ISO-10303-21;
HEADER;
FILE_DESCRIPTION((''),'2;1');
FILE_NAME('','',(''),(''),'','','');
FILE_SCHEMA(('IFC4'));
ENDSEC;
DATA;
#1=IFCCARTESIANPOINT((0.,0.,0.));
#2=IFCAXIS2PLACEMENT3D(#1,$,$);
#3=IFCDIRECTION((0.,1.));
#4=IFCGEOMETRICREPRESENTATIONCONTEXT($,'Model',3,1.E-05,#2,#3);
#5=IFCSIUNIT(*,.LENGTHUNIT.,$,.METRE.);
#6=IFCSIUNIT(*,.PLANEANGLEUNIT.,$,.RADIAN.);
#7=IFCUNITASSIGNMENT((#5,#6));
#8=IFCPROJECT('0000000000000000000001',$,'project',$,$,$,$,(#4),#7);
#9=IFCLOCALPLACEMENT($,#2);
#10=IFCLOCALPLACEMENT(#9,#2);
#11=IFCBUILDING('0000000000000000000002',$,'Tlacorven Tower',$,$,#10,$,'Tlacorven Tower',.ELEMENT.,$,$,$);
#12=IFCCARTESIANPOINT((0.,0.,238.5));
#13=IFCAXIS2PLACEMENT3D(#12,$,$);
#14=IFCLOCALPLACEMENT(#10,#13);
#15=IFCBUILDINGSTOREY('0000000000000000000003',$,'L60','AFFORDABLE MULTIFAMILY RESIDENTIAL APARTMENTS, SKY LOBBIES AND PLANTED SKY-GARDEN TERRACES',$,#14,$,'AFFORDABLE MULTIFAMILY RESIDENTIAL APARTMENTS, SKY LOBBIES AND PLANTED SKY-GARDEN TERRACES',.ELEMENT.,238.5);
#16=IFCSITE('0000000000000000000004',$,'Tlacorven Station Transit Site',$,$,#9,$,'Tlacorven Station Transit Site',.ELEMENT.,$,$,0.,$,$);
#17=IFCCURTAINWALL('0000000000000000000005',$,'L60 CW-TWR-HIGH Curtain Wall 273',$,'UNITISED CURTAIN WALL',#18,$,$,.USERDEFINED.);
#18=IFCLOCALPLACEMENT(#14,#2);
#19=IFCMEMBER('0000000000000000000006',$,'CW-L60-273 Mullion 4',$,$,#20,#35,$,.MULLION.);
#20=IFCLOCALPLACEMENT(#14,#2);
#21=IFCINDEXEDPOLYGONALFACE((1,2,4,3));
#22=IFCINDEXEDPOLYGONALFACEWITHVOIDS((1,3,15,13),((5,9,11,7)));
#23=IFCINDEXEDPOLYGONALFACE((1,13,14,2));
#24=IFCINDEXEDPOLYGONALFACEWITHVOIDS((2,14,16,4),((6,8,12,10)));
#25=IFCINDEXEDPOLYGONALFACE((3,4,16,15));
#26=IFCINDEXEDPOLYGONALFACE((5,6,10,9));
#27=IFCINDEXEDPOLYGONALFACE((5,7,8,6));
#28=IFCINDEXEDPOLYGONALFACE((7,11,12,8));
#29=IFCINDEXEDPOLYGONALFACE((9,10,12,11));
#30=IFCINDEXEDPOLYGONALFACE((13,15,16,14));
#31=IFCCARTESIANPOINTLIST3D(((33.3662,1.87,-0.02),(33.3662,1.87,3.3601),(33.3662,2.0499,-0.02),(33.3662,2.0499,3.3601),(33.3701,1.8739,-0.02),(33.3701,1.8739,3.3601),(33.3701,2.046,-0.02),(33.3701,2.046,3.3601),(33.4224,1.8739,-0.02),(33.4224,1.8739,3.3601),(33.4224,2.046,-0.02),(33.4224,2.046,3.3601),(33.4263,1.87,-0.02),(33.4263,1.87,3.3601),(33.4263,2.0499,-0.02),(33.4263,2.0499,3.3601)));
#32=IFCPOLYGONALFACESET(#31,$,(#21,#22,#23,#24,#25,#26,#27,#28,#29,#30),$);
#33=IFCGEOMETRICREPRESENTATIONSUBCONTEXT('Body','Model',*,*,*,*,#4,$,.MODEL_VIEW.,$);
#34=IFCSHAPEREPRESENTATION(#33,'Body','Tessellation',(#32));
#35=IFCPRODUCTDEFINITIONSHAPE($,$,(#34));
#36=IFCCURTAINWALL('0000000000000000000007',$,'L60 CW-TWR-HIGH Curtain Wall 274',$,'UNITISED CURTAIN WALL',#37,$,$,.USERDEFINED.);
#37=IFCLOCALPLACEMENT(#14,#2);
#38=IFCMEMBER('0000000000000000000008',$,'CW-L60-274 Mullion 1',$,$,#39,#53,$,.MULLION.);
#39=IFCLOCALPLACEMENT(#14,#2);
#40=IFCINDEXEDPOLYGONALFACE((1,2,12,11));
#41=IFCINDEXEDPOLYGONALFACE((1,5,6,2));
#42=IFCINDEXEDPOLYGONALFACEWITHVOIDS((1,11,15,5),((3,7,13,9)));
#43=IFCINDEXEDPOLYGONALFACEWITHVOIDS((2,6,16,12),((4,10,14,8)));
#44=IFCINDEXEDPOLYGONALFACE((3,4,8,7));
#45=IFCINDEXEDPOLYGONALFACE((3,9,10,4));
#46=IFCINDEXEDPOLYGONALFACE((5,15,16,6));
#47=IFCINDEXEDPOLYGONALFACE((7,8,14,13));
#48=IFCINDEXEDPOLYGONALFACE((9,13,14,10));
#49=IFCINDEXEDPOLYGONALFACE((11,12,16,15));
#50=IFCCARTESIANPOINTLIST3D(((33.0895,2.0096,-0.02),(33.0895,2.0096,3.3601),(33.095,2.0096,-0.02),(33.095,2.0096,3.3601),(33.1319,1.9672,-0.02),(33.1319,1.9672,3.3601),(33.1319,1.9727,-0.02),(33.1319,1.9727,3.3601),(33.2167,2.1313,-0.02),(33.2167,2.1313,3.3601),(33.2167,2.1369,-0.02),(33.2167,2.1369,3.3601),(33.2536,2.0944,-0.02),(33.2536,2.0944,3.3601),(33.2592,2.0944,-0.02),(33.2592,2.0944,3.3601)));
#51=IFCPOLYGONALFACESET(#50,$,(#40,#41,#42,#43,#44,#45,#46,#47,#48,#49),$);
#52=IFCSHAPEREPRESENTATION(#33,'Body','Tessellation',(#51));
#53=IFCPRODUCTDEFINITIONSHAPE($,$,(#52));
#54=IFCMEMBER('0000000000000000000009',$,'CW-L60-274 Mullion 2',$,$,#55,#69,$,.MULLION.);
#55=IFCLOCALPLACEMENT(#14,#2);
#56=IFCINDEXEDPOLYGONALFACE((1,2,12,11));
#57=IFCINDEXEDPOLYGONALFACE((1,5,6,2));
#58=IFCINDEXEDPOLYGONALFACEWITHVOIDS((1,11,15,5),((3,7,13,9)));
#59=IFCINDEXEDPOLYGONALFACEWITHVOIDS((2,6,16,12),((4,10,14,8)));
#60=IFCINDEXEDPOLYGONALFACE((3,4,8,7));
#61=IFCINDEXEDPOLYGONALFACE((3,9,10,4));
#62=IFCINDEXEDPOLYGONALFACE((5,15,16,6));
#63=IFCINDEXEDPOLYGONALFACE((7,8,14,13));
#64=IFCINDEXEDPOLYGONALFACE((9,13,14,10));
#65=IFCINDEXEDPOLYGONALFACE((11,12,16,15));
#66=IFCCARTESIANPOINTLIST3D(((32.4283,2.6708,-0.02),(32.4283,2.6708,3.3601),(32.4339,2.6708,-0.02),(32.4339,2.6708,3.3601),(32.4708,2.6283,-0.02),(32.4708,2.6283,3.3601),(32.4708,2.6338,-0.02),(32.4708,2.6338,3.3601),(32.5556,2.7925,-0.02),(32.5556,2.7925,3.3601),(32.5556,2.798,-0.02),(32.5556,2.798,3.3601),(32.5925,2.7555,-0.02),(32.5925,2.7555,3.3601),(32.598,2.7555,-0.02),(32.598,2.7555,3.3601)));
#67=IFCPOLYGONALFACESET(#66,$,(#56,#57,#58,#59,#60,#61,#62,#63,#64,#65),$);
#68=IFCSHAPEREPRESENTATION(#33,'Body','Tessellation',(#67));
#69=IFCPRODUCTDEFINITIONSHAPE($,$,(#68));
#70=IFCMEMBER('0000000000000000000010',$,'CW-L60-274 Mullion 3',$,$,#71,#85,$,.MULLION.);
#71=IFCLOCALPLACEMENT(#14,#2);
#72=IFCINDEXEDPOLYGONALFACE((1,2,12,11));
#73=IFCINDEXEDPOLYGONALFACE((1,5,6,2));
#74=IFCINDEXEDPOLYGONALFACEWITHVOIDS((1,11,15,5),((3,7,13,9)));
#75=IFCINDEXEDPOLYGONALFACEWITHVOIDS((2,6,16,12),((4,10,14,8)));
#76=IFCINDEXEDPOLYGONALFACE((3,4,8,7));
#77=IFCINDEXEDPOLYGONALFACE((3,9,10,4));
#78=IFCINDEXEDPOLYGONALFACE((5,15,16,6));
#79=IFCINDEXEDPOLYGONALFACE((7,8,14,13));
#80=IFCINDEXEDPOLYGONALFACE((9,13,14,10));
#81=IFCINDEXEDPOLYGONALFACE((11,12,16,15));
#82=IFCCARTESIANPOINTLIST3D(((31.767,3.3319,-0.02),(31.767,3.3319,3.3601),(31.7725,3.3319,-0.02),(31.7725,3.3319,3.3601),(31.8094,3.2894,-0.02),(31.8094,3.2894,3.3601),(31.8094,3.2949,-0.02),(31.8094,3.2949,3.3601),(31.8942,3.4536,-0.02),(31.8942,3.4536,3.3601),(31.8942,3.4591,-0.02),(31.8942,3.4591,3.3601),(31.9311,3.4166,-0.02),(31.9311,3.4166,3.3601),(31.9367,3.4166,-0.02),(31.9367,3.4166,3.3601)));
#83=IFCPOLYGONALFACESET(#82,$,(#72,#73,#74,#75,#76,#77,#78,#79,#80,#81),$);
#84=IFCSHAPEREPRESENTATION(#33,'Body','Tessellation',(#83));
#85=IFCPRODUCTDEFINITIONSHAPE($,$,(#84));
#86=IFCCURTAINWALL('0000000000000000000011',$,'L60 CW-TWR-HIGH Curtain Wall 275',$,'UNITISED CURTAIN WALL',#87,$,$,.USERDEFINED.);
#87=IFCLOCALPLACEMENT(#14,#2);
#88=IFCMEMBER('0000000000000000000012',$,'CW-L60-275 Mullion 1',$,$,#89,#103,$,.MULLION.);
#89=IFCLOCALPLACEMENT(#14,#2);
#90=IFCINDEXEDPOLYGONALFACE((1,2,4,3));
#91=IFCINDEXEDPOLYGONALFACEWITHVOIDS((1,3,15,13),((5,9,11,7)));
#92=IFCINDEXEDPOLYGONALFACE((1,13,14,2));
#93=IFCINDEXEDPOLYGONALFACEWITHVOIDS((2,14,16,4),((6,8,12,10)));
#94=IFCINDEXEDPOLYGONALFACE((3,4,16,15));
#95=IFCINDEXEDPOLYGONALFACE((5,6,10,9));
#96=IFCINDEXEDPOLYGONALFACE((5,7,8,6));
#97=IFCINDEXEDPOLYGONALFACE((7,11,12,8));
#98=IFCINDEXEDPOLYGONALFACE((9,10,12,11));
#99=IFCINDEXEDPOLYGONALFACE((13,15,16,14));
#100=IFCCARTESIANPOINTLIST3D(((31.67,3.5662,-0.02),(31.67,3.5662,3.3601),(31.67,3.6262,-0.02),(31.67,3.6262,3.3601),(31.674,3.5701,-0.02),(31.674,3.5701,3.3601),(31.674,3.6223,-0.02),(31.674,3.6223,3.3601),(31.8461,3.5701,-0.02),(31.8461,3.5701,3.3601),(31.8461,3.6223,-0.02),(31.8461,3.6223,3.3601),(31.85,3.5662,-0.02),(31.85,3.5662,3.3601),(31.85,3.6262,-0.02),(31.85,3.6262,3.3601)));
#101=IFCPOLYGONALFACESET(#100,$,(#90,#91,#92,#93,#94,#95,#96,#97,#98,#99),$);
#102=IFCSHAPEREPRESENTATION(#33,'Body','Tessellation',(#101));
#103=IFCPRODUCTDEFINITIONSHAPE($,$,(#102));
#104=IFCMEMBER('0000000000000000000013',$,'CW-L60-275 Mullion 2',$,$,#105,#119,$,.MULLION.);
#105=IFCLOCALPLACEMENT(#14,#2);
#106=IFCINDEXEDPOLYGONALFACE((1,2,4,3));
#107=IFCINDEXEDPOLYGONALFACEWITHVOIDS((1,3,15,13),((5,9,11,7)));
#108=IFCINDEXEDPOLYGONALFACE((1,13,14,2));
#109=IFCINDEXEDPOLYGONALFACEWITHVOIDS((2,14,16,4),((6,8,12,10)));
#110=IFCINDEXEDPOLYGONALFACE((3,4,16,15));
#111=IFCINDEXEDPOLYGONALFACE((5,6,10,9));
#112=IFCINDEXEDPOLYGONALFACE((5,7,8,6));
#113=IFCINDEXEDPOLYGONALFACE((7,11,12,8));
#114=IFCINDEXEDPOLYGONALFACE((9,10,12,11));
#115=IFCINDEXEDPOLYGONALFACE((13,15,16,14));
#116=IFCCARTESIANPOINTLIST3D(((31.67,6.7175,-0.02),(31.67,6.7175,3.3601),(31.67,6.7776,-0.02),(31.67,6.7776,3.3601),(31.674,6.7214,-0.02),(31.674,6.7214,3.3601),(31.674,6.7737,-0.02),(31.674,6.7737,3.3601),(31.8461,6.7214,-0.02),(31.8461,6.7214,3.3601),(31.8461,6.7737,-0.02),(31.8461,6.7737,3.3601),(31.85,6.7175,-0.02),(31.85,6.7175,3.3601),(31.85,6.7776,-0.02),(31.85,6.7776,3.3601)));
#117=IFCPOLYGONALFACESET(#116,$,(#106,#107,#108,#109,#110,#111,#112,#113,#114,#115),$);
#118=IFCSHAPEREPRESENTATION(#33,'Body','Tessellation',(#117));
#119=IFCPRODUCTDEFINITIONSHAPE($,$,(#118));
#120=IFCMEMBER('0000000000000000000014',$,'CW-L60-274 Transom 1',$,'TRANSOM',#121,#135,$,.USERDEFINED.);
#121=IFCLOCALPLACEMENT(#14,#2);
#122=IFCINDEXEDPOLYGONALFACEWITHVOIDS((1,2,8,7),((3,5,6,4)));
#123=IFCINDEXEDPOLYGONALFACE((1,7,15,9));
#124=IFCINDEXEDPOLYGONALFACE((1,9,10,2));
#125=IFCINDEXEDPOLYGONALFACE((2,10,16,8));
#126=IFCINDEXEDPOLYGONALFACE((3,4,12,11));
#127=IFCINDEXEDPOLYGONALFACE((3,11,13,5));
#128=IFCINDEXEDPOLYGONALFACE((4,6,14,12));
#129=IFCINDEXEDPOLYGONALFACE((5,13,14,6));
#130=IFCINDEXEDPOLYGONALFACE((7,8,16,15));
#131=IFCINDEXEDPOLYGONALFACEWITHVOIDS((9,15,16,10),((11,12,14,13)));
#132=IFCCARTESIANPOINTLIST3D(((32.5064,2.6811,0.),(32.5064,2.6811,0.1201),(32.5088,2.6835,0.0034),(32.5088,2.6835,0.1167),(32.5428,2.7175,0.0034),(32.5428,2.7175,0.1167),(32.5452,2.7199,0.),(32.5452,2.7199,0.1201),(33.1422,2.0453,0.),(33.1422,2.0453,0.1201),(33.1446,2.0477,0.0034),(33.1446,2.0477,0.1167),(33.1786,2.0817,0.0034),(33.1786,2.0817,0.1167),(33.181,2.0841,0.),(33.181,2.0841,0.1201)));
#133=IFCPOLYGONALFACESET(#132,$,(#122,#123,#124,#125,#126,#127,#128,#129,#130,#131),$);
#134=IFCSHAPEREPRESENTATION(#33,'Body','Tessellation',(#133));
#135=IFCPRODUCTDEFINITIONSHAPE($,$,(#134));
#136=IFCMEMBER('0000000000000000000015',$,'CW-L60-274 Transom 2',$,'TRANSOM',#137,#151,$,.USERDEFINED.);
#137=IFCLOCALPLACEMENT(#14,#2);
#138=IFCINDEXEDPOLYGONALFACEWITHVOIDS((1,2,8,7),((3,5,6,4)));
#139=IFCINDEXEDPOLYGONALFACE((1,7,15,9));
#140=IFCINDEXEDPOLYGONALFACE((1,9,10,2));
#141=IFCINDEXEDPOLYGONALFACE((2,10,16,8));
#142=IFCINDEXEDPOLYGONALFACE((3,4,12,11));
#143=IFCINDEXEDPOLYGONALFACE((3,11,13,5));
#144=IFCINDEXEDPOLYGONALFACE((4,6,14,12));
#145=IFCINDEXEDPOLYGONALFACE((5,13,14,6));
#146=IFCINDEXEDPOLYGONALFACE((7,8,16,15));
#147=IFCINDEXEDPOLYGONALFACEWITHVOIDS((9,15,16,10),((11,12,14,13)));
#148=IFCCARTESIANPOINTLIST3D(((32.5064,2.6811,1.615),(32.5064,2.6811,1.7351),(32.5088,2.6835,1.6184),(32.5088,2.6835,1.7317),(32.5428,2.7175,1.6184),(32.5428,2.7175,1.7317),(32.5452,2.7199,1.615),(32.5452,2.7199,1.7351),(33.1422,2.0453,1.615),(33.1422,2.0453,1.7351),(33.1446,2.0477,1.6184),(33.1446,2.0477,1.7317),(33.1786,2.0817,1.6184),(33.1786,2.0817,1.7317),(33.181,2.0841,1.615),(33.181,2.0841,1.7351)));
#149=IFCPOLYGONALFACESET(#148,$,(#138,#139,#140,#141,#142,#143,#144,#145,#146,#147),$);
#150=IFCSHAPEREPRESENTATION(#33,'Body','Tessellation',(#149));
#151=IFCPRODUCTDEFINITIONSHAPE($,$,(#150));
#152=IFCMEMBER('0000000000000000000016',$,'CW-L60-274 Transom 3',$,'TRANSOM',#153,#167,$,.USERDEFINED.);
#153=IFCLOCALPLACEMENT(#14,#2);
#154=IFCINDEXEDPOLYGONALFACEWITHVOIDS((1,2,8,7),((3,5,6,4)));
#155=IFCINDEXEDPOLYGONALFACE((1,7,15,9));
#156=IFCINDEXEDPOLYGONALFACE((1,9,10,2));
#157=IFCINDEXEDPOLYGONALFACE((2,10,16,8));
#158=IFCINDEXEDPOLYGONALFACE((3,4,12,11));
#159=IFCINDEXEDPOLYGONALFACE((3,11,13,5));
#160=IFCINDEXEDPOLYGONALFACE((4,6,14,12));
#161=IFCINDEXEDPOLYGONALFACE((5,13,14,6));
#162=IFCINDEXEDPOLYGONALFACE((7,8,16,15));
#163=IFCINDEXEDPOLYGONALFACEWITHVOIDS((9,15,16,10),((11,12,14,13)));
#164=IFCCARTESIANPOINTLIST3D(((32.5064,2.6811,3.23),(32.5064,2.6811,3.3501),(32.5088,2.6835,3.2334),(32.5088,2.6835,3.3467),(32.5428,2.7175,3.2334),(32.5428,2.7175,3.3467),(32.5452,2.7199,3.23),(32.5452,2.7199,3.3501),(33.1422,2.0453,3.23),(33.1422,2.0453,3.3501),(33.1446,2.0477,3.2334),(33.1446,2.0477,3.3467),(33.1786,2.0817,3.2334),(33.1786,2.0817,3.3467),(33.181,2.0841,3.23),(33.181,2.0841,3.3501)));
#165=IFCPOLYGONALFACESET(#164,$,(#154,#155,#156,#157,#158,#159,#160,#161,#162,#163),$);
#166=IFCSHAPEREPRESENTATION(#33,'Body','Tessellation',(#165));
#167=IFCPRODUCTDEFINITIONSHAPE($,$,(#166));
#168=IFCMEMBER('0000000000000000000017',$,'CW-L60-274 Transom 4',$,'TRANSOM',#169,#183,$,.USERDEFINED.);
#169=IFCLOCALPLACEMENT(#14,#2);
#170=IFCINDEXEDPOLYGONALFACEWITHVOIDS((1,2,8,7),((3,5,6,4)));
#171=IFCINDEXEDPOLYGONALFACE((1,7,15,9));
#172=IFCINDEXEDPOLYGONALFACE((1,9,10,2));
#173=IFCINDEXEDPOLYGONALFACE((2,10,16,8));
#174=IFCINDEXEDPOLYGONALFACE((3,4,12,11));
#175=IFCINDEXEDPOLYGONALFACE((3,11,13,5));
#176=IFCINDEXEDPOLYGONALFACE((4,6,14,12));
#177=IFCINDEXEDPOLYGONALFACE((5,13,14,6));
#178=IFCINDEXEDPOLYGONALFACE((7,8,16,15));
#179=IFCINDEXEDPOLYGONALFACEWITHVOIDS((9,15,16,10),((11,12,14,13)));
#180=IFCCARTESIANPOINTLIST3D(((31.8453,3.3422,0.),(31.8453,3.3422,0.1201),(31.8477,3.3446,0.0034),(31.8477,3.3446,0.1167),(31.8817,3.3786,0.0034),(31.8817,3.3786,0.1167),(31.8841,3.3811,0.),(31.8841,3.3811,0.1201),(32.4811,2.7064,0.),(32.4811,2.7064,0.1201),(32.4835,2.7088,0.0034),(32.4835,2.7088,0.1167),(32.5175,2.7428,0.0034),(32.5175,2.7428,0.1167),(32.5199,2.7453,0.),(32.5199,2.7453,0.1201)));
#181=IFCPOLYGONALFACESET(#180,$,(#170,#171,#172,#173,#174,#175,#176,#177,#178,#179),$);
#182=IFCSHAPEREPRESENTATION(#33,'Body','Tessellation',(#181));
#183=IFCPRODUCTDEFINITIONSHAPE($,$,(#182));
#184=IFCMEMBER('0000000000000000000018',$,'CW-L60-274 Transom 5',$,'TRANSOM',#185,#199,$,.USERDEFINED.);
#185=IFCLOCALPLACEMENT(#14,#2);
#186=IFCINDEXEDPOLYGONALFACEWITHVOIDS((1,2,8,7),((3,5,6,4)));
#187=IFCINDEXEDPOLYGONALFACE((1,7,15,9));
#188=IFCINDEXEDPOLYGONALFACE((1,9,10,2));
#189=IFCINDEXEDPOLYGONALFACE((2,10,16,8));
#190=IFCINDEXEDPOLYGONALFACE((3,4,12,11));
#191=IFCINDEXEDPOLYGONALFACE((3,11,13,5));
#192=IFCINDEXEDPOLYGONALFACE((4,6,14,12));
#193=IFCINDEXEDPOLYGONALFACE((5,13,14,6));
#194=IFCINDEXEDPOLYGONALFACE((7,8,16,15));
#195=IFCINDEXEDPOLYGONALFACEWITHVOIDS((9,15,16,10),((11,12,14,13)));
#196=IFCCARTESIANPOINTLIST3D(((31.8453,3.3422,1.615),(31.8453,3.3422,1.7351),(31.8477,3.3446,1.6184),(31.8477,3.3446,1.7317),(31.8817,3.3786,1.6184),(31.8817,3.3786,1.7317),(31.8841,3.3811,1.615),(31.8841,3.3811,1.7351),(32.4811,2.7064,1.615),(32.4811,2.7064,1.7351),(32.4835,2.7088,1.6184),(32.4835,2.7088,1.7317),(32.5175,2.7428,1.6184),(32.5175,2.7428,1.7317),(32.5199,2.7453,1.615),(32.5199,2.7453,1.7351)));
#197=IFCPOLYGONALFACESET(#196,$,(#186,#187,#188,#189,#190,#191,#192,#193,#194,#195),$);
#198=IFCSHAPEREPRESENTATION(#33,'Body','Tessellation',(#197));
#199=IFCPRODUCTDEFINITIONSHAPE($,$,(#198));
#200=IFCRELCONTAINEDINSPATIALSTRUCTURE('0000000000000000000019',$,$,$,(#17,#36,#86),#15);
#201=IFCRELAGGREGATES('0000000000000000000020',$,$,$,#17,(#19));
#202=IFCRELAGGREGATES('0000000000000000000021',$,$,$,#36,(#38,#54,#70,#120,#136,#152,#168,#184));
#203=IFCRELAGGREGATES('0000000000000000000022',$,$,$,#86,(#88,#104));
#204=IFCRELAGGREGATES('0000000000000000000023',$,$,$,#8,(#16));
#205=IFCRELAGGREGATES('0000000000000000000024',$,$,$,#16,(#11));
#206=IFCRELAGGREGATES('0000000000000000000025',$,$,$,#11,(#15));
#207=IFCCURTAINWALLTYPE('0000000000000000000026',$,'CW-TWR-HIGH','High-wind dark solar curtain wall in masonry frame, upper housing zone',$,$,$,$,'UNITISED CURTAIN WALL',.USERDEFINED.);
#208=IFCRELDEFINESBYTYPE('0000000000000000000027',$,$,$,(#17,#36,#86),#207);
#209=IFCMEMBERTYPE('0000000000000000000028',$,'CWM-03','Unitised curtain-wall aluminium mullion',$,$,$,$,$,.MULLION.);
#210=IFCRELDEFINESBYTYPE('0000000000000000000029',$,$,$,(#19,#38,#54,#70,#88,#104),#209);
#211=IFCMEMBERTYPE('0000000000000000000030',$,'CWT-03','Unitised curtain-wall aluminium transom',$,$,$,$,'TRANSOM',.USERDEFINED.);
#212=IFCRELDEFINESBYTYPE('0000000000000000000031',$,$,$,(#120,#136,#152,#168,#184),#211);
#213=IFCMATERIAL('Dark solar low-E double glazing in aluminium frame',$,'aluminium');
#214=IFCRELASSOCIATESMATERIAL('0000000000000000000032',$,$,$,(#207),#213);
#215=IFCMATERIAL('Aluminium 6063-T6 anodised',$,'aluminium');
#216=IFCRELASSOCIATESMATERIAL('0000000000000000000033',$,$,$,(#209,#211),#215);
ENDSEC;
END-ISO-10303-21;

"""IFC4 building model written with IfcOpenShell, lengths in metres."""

from ifc_helpers import new_model, si_unit, direction, frame, origin, origin_2d, place, context, subcontext, project, spatial, hollow_rectangle, extrude, source, transform, mapped, material, material_profile, profile_set, type_object, element, aggregate, save


model = new_model("IFC4")

# Units and contexts
model_context = context("Model", 3, precision=1e-05, world=origin(), true_north=direction((0.0, 1.0)))
body_context = subcontext(model_context, "Body", "Model", "MODEL_VIEW")
ifc_project = project(units=[si_unit("LENGTHUNIT", "METRE"), si_unit("PLANEANGLEUNIT", "RADIAN")], contexts=[model_context])

# Site, building, storey
site_placement = place(None, origin())
site = spatial("IfcSite", under=ifc_project, at=site_placement, Name="Tlacorven Station Transit Site", LongName="Tlacorven Station Transit Site", CompositionType="ELEMENT", RefElevation=0.0)
building_placement = place(site_placement, origin())
building = spatial("IfcBuilding", under=site, at=building_placement, Name="Tlacorven Tower", LongName="Tlacorven Tower", CompositionType="ELEMENT")
storey_placement = place(building_placement, frame((0.0, 0.0, 238.5)))
storey = spatial("IfcBuildingStorey", under=building, at=storey_placement, Name="L60", Description="AFFORDABLE MULTIFAMILY RESIDENTIAL APARTMENTS, SKY LOBBIES AND PLANTED SKY-GARDEN TERRACES", LongName="AFFORDABLE MULTIFAMILY RESIDENTIAL APARTMENTS, SKY LOBBIES AND PLANTED SKY-GARDEN TERRACES", CompositionType="ELEMENT", Elevation=238.5)

# Curtain wall, member
ifc_material_1 = material(Name="Dark solar low-E double glazing in aluminium frame", Category="aluminium")
curtain_wall_type = type_object("IfcCurtainWallType", Name="CW-TWR-HIGH", Description="High-wind dark solar curtain wall in masonry frame, upper housing zone", ElementType="UNITISED CURTAIN WALL", PredefinedType="USERDEFINED", material=ifc_material_1)
curtain_wall_1_placement = place(storey_placement, origin())
curtain_wall_1 = element("IfcCurtainWall", 1, at=curtain_wall_1_placement, inside=storey, type_object=curtain_wall_type, Name="L60 CW-TWR-HIGH Curtain Wall 273", ObjectType="UNITISED CURTAIN WALL", PredefinedType="USERDEFINED")
ifc_material_2 = material(Name="Aluminium 6063-T6 anodised", Category="aluminium")
ifc_material_profile_1 = material_profile(ifc_material_2, hollow_rectangle(XDim=0.0601, YDim=0.1799, WallThickness=0.0039, at=origin_2d()), Name="ALU MULLION 60X180")
ifc_profile_set_1 = profile_set([ifc_material_profile_1], Name="Aluminium 6063-T6 anodised")
member_type_1 = type_object("IfcMemberType", Name="CWM-03", Description="Unitised curtain-wall aluminium mullion", PredefinedType="MULLION", material=ifc_profile_set_1)
shared_shape_1 = source(origin(), body_context, "Body", "SweptSolid", [
    extrude(hollow_rectangle(XDim=0.0601, YDim=0.1799, WallThickness=0.0039, at=origin_2d()), origin(), (0.0, 0.0, 1.0), 3.3801),
])
member_1_placement = place(storey_placement, frame((33.3962, 1.96, -0.02), z_axis=(0.0, 0.0, 1.0), x_axis=(-1.0, 0.0, 0.0)))
member_1 = element("IfcMember", 2, at=member_1_placement, type_object=member_type_1, Name="CW-L60-273 Mullion 4", PredefinedType="MULLION", context=body_context, shape_type="MappedRepresentation", body=[
    mapped(shared_shape_1, transform((0.0, 0.0, 0.0), scale=1.0)),
])
aggregate(curtain_wall_1, [member_1])

# Curtain walls, members
curtain_wall_2_placement = place(storey_placement, origin())
curtain_wall_2 = element("IfcCurtainWall", 3, at=curtain_wall_2_placement, inside=storey, type_object=curtain_wall_type, Name="L60 CW-TWR-HIGH Curtain Wall 274", ObjectType="UNITISED CURTAIN WALL", PredefinedType="USERDEFINED")
member_2_placement = place(storey_placement, frame((33.1743, 2.052, -0.02), z_axis=(0.0, 0.0, 1.0), x_axis=(-0.707107, 0.707107, 0.0)))
member_2 = element("IfcMember", 4, at=member_2_placement, type_object=member_type_1, Name="CW-L60-274 Mullion 1", PredefinedType="MULLION", context=body_context, shape_type="MappedRepresentation", body=[
    mapped(shared_shape_1, transform((0.0, 0.0, 0.0), scale=1.0)),
])
member_3_placement = place(storey_placement, frame((32.5132, 2.7131, -0.02), z_axis=(0.0, 0.0, 1.0), x_axis=(-0.707107, 0.707107, 0.0)))
member_3 = element("IfcMember", 5, at=member_3_placement, type_object=member_type_1, Name="CW-L60-274 Mullion 2", PredefinedType="MULLION", context=body_context, shape_type="MappedRepresentation", body=[
    mapped(shared_shape_1, transform((0.0, 0.0, 0.0), scale=1.0)),
])
member_4_placement = place(storey_placement, frame((31.8518, 3.3743, -0.02), z_axis=(0.0, 0.0, 1.0), x_axis=(-0.707107, 0.707107, 0.0)))
member_4 = element("IfcMember", 6, at=member_4_placement, type_object=member_type_1, Name="CW-L60-274 Mullion 3", PredefinedType="MULLION", context=body_context, shape_type="MappedRepresentation", body=[
    mapped(shared_shape_1, transform((0.0, 0.0, 0.0), scale=1.0)),
])
curtain_wall_3_placement = place(storey_placement, origin())
curtain_wall_3 = element("IfcCurtainWall", 7, at=curtain_wall_3_placement, inside=storey, type_object=curtain_wall_type, Name="L60 CW-TWR-HIGH Curtain Wall 275", ObjectType="UNITISED CURTAIN WALL", PredefinedType="USERDEFINED")
member_5_placement = place(storey_placement, frame((31.76, 3.5962, -0.02), z_axis=(0.0, 0.0, 1.0), x_axis=(0.0, 1.0, 0.0)))
member_5 = element("IfcMember", 8, at=member_5_placement, type_object=member_type_1, Name="CW-L60-275 Mullion 1", PredefinedType="MULLION", context=body_context, shape_type="MappedRepresentation", body=[
    mapped(shared_shape_1, transform((0.0, 0.0, 0.0), scale=1.0)),
])
member_6_placement = place(storey_placement, frame((31.76, 6.7476, -0.02), z_axis=(0.0, 0.0, 1.0), x_axis=(0.0, 1.0, 0.0)))
member_6 = element("IfcMember", 9, at=member_6_placement, type_object=member_type_1, Name="CW-L60-275 Mullion 2", PredefinedType="MULLION", context=body_context, shape_type="MappedRepresentation", body=[
    mapped(shared_shape_1, transform((0.0, 0.0, 0.0), scale=1.0)),
])

# Members
ifc_material_profile_2 = material_profile(ifc_material_2, hollow_rectangle(XDim=0.0549, YDim=0.1201, WallThickness=0.0034, at=origin_2d()), Name="ALU TRANSOM 55X120")
ifc_profile_set_2 = profile_set([ifc_material_profile_2], Name="Aluminium 6063-T6 anodised")
member_type_2 = type_object("IfcMemberType", Name="CWT-03", Description="Unitised curtain-wall aluminium transom", ElementType="TRANSOM", PredefinedType="USERDEFINED", material=ifc_profile_set_2)
shared_shape_2 = source(origin(), body_context, "Body", "SweptSolid", [
    extrude(hollow_rectangle(XDim=0.0549, YDim=0.1201, WallThickness=0.0034, at=origin_2d()), origin(), (0.0, 0.0, 1.0), 0.8992),
])
member_7_placement = place(storey_placement, frame((33.1616, 2.0647, 0.0601), z_axis=(-0.707107, 0.707107, 0.0), x_axis=(-0.707107, -0.707107, 0.0)))
member_7 = element("IfcMember", 10, at=member_7_placement, type_object=member_type_2, Name="CW-L60-274 Transom 1", ObjectType="TRANSOM", PredefinedType="USERDEFINED", context=body_context, shape_type="MappedRepresentation", body=[
    mapped(shared_shape_2, transform((0.0, 0.0, 0.0), scale=1.0)),
])
member_8_placement = place(storey_placement, frame((33.1616, 2.0647, 1.675), z_axis=(-0.707107, 0.707107, 0.0), x_axis=(-0.707107, -0.707107, 0.0)))
member_8 = element("IfcMember", 11, at=member_8_placement, type_object=member_type_2, Name="CW-L60-274 Transom 2", ObjectType="TRANSOM", PredefinedType="USERDEFINED", context=body_context, shape_type="MappedRepresentation", body=[
    mapped(shared_shape_2, transform((0.0, 0.0, 0.0), scale=1.0)),
])
member_9_placement = place(storey_placement, frame((33.1616, 2.0647, 3.29), z_axis=(-0.707107, 0.707107, 0.0), x_axis=(-0.707107, -0.707107, 0.0)))
member_9 = element("IfcMember", 12, at=member_9_placement, type_object=member_type_2, Name="CW-L60-274 Transom 3", ObjectType="TRANSOM", PredefinedType="USERDEFINED", context=body_context, shape_type="MappedRepresentation", body=[
    mapped(shared_shape_2, transform((0.0, 0.0, 0.0), scale=1.0)),
])
member_10_placement = place(storey_placement, frame((32.5005, 2.7258, 0.0601), z_axis=(-0.707107, 0.707107, 0.0), x_axis=(-0.707107, -0.707107, 0.0)))
member_10 = element("IfcMember", 13, at=member_10_placement, type_object=member_type_2, Name="CW-L60-274 Transom 4", ObjectType="TRANSOM", PredefinedType="USERDEFINED", context=body_context, shape_type="MappedRepresentation", body=[
    mapped(shared_shape_2, transform((0.0, 0.0, 0.0), scale=1.0)),
])
member_11_placement = place(storey_placement, frame((32.5005, 2.7258, 1.675), z_axis=(-0.707107, 0.707107, 0.0), x_axis=(-0.707107, -0.707107, 0.0)))
member_11 = element("IfcMember", 14, at=member_11_placement, type_object=member_type_2, Name="CW-L60-274 Transom 5", ObjectType="TRANSOM", PredefinedType="USERDEFINED", context=body_context, shape_type="MappedRepresentation", body=[
    mapped(shared_shape_2, transform((0.0, 0.0, 0.0), scale=1.0)),
])

aggregate(curtain_wall_2, [member_2, member_3, member_4, member_7, member_8, member_9, member_10, member_11])
aggregate(curtain_wall_3, [member_5, member_6])

save(model, "model.ifc")
